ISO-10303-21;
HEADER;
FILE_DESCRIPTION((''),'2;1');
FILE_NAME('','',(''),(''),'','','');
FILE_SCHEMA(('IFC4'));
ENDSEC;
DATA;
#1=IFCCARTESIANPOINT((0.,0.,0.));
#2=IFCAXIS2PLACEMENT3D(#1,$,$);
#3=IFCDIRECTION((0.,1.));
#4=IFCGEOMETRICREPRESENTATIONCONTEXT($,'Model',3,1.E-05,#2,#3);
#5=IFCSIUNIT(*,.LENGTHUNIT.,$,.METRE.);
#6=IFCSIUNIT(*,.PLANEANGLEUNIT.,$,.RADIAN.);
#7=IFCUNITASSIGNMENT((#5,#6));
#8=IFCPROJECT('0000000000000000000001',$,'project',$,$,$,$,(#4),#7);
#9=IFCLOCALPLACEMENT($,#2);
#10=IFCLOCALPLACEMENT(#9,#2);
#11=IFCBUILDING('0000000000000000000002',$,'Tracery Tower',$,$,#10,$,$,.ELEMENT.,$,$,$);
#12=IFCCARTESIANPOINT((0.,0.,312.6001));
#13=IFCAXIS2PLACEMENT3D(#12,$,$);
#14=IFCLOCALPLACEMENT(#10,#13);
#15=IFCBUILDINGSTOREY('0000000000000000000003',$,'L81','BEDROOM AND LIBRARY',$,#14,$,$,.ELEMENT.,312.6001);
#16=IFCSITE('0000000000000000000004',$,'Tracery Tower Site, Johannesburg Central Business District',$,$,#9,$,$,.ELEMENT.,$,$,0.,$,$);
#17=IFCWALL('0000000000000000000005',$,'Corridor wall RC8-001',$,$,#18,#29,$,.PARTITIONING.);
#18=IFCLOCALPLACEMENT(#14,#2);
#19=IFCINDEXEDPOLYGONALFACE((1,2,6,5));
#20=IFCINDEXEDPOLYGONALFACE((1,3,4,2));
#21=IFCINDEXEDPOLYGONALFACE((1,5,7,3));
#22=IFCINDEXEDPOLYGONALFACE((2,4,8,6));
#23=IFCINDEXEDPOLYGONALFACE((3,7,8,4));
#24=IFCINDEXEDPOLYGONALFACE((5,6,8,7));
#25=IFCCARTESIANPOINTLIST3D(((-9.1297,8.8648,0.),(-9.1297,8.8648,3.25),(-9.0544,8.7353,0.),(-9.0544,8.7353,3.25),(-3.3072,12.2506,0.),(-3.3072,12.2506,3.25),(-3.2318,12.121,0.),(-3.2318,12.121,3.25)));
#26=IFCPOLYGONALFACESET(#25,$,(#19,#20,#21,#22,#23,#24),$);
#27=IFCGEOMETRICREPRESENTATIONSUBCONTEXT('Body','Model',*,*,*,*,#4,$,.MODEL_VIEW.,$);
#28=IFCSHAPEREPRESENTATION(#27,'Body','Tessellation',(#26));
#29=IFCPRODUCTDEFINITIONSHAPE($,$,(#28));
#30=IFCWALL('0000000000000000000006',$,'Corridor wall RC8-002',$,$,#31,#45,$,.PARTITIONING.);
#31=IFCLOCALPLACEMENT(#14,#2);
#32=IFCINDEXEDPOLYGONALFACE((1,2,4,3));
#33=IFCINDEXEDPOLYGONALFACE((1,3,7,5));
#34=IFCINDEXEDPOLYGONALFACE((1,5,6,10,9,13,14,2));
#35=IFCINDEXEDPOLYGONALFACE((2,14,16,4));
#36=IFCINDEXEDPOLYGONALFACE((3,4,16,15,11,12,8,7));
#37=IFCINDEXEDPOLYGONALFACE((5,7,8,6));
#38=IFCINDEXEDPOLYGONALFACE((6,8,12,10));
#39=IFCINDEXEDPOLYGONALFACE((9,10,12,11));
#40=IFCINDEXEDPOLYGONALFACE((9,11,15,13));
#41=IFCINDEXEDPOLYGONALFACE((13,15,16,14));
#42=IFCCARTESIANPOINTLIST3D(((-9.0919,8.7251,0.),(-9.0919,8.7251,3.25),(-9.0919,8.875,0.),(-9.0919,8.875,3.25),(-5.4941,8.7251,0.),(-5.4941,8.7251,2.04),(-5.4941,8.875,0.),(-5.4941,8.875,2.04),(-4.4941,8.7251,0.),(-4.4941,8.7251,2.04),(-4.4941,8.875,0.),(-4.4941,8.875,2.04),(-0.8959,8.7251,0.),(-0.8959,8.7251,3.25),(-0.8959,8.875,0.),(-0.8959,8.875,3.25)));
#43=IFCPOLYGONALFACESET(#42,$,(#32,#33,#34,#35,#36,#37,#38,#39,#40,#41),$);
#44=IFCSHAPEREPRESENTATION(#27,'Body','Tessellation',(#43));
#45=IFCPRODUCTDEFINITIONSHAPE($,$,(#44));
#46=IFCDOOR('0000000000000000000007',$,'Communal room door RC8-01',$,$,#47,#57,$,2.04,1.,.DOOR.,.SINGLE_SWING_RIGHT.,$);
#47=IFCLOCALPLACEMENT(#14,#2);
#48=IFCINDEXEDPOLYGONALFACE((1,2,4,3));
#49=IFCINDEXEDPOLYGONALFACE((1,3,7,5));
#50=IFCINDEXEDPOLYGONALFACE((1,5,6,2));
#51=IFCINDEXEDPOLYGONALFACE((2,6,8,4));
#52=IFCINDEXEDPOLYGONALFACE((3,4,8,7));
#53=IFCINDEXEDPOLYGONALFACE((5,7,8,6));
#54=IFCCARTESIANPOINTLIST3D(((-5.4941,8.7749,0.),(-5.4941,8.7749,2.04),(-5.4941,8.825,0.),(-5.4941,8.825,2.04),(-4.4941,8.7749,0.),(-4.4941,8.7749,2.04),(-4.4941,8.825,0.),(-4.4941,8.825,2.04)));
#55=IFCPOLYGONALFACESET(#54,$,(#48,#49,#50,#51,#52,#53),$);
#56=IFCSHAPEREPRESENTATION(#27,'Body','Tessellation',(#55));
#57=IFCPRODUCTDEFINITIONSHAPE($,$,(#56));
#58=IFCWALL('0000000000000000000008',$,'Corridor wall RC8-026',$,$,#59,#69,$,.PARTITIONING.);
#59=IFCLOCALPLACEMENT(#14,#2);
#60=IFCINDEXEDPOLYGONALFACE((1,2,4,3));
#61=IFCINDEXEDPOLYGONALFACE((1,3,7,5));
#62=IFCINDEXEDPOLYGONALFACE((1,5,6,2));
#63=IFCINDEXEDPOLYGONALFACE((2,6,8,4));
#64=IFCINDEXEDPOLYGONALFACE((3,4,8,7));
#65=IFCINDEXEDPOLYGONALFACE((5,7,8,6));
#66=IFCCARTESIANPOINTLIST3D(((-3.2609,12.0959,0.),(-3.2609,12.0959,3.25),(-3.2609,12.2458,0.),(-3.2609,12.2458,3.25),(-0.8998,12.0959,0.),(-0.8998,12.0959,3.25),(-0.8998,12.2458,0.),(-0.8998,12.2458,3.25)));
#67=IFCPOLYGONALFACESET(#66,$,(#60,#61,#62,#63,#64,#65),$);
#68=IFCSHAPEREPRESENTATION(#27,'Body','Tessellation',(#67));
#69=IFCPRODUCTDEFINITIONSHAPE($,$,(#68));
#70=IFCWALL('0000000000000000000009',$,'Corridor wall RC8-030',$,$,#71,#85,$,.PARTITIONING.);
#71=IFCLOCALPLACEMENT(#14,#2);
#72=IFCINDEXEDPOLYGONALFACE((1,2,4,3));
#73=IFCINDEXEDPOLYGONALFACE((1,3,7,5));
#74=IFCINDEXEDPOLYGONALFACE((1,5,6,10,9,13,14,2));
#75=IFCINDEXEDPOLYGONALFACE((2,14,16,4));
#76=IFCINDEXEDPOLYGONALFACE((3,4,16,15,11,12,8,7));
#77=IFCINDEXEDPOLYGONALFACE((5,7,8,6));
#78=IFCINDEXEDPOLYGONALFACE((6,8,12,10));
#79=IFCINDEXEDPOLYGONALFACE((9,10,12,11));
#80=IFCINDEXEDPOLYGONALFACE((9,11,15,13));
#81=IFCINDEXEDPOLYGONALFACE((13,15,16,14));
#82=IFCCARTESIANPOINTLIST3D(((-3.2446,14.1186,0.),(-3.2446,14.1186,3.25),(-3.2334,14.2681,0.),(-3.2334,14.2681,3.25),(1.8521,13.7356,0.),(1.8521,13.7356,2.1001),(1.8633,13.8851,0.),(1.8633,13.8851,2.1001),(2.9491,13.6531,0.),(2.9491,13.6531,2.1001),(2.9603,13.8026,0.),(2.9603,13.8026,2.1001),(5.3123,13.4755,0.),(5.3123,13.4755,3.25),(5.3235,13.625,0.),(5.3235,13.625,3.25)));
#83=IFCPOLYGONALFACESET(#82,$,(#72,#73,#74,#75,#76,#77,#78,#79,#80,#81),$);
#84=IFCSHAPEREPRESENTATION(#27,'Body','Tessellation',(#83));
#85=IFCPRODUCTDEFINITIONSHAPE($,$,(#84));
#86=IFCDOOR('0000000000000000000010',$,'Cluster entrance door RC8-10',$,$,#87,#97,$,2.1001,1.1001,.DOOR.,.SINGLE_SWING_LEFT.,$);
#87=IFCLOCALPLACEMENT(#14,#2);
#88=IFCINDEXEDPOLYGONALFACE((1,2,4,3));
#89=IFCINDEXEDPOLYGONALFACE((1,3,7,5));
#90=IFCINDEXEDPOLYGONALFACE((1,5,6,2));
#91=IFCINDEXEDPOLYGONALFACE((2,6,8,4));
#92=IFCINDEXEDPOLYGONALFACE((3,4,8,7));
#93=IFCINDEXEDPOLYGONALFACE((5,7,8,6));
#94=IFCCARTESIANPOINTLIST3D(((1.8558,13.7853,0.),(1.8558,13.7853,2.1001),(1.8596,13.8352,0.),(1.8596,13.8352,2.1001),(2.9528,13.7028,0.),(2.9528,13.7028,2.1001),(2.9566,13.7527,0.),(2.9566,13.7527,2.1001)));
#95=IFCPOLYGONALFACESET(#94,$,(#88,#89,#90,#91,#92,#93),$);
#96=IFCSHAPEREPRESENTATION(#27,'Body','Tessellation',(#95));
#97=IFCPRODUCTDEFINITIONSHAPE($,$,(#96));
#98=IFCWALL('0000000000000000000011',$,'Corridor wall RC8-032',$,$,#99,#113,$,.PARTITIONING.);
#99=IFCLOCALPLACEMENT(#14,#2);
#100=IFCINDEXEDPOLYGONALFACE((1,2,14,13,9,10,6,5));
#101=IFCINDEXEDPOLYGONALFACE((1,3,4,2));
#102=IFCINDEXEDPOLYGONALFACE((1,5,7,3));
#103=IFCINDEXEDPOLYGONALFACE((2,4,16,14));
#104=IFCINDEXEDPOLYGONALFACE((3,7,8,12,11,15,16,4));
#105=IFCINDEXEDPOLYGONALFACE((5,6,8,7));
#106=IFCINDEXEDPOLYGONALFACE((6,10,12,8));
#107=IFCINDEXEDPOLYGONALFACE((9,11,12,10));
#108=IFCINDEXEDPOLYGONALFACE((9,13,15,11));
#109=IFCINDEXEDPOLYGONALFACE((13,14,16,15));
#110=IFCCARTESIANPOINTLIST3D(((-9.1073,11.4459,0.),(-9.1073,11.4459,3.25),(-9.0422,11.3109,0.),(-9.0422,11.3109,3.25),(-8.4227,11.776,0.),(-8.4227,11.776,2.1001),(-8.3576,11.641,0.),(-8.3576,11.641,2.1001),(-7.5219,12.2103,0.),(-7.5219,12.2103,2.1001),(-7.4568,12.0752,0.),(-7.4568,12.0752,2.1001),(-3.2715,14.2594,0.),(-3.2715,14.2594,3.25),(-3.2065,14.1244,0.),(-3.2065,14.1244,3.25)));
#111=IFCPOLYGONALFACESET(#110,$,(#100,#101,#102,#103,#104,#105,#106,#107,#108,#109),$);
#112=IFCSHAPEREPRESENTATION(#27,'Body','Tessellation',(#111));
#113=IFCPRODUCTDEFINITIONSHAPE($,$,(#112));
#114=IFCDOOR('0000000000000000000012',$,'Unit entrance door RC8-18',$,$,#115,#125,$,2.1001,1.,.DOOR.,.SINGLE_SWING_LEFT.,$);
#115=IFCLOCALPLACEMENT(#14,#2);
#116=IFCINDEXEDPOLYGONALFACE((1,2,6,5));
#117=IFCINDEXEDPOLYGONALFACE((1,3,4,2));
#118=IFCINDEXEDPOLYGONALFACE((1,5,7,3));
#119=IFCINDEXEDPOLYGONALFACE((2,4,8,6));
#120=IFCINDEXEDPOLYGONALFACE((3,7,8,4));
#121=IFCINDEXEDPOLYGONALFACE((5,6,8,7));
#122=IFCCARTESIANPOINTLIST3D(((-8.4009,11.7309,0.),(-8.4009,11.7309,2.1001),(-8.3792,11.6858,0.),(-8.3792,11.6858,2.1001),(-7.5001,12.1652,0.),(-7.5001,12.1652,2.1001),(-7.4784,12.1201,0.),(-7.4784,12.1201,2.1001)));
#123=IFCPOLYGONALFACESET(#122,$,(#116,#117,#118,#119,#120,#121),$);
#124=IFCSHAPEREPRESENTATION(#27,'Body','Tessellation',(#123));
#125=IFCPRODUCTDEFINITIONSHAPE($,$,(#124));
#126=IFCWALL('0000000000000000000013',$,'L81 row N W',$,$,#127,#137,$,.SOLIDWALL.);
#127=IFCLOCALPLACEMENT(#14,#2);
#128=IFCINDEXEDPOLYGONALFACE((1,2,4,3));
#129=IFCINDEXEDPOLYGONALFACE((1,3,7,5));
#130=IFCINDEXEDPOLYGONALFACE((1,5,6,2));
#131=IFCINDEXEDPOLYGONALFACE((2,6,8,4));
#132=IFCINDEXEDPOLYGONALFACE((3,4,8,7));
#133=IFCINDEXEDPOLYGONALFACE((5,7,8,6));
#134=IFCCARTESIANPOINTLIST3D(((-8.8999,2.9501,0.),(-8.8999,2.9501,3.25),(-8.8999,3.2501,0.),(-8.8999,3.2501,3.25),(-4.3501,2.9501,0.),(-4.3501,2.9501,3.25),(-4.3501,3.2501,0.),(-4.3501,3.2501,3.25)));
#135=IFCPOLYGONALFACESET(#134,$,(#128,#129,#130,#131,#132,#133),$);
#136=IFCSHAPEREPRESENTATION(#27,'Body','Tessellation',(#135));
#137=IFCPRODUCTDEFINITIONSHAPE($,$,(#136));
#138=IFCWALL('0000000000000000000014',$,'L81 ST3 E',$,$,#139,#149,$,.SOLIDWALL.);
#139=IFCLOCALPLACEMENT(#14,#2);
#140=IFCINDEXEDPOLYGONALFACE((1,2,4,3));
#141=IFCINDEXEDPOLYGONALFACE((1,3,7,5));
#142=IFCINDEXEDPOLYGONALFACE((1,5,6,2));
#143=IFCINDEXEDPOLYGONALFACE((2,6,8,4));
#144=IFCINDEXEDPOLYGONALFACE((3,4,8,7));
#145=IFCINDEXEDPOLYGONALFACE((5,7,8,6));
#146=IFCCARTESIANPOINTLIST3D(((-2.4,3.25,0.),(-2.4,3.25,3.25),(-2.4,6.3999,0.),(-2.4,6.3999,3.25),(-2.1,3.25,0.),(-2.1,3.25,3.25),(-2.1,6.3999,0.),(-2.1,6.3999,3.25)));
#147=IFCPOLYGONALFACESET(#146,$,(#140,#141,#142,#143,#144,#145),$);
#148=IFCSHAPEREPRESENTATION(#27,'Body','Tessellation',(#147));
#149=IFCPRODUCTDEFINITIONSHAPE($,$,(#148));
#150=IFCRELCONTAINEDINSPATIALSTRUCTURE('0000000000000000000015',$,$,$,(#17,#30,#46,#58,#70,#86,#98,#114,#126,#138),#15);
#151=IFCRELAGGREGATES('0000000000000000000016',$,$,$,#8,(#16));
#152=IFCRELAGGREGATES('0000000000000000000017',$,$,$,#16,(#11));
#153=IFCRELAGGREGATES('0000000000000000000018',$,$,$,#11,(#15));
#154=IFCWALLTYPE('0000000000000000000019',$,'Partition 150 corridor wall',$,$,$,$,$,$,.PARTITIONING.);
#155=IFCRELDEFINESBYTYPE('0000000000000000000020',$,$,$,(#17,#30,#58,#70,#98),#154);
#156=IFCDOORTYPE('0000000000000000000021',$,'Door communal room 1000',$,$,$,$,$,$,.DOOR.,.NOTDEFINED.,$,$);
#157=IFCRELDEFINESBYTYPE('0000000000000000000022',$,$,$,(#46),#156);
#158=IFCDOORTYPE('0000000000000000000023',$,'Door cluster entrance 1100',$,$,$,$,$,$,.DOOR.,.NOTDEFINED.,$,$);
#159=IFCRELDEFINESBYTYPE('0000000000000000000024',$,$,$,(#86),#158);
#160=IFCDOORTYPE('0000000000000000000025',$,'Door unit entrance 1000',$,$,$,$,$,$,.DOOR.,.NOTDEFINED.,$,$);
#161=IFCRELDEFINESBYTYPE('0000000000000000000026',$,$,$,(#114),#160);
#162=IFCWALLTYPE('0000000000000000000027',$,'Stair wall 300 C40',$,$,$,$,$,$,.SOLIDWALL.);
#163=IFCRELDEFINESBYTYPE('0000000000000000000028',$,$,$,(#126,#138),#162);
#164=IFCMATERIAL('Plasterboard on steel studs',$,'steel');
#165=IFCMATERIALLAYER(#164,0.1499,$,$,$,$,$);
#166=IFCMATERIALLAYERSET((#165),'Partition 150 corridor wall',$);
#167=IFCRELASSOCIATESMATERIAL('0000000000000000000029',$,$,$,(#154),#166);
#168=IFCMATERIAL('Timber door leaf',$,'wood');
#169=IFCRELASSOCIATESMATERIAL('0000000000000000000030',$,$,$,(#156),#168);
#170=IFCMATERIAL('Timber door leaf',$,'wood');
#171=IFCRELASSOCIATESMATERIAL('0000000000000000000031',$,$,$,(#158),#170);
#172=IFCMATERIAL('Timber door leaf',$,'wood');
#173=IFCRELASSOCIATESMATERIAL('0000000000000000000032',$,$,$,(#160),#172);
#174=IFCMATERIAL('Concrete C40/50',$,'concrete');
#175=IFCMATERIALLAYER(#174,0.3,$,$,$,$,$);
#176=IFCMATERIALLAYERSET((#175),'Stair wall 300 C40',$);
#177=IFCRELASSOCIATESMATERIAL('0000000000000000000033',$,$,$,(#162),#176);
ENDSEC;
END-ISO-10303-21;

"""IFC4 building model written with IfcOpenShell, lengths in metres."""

from ifc_helpers import new_model, si_unit, direction, frame, frame_2d, origin, place, context, subcontext, project, spatial, rectangle, extrude, material, layer, layer_set, type_object, element, fill, save


model = new_model("IFC4")

# Units and contexts
model_context = context("Model", 3, precision=1e-05, world=origin(), true_north=direction((0.0, 1.0)))
body_context = subcontext(model_context, "Body", "Model", "MODEL_VIEW")
ifc_project = project(units=[si_unit("LENGTHUNIT", "METRE"), si_unit("PLANEANGLEUNIT", "RADIAN")], contexts=[model_context])

# Site, building, storey
site_placement = place(None, origin())
site = spatial("IfcSite", under=ifc_project, at=site_placement, Name="Tracery Tower Site, Johannesburg Central Business District", CompositionType="ELEMENT", RefElevation=0.0)
building_placement = place(site_placement, origin())
building = spatial("IfcBuilding", under=site, at=building_placement, Name="Tracery Tower", CompositionType="ELEMENT")
storey_placement = place(building_placement, frame((0.0, 0.0, 312.6001)))
storey = spatial("IfcBuildingStorey", under=building, at=storey_placement, Name="L81", Description="BEDROOM AND LIBRARY", CompositionType="ELEMENT", Elevation=312.6001)

# Wall
ifc_material_1 = material(Name="Plasterboard on steel studs", Category="steel")
ifc_layer_1 = layer(ifc_material_1, 0.1499)
ifc_layer_set_1 = layer_set([ifc_layer_1], Name="Partition 150 corridor wall")
wall_type_1 = type_object("IfcWallType", Name="Partition 150 corridor wall", PredefinedType="PARTITIONING", material=ifc_layer_set_1)
wall_1_placement = place(storey_placement, frame((-9.092, 8.8, 0.0), z_axis=(0.0, 0.0, 1.0), x_axis=(0.864471, 0.502683, 0.0)))
element("IfcWall", 1, at=wall_1_placement, inside=storey, type_object=wall_type_1, Name="Corridor wall RC8-001", PredefinedType="PARTITIONING", context=body_context, shape_type="SweptSolid", body=[
    extrude(rectangle(XDim=6.7354, YDim=0.1499, at=frame_2d((3.3677, 0.0))), origin(), (0.0, 0.0, 1.0), 3.25),
])

# Wall, opening, door
wall_2_placement = place(storey_placement, frame((-9.092, 8.8, 0.0), z_axis=(0.0, 0.0, 1.0), x_axis=(1.0, 0.0, 0.0)))
wall_2 = element("IfcWall", 2, at=wall_2_placement, inside=storey, type_object=wall_type_1, Name="Corridor wall RC8-002", PredefinedType="PARTITIONING", context=body_context, shape_type="SweptSolid", body=[
    extrude(rectangle(XDim=8.196, YDim=0.1499, at=frame_2d((4.0981, 0.0))), origin(), (0.0, 0.0, 1.0), 3.25),
])
opening_1_placement = place(wall_2_placement, frame((3.5979, 0.0, 0.0)))
opening_1 = element("IfcOpeningElement", 3, at=opening_1_placement, cuts=wall_2, PredefinedType="OPENING", context=body_context, shape_type="SweptSolid", body=[
    extrude(rectangle(XDim=1.0, YDim=2.04, at=frame_2d((0.5, 1.02))), frame((0.0, 0.075, 0.0), z_axis=(0.0, -1.0, 0.0), x_axis=(1.0, 0.0, 0.0)), (0.0, 0.0, 1.0), 0.1499),
])
ifc_material_2 = material(Name="Timber door leaf", Category="wood")
door_type_1 = type_object("IfcDoorType", Name="Door communal room 1000", OperationType="NOTDEFINED", PredefinedType="DOOR", material=ifc_material_2)
door_1_placement = place(opening_1_placement, origin())
door_1 = element("IfcDoor", 4, at=door_1_placement, inside=storey, type_object=door_type_1, Name="Communal room door RC8-01", OperationType="SINGLE_SWING_RIGHT", OverallHeight=2.04, OverallWidth=1.0, PredefinedType="DOOR", context=body_context, shape_type="SweptSolid", body=[
    extrude(rectangle(XDim=1.0, YDim=2.04, at=frame_2d((0.5, 1.02))), frame((0.0, 0.0249, 0.0), z_axis=(0.0, -1.0, 0.0), x_axis=(1.0, 0.0, 0.0)), (0.0, 0.0, 1.0), 0.05),
])
fill(opening_1, door_1)

# Wall
wall_3_placement = place(storey_placement, frame((-3.261, 12.1709, 0.0), z_axis=(0.0, 0.0, 1.0), x_axis=(1.0, 0.0, 0.0)))
element("IfcWall", 5, at=wall_3_placement, inside=storey, type_object=wall_type_1, Name="Corridor wall RC8-026", PredefinedType="PARTITIONING", context=body_context, shape_type="SweptSolid", body=[
    extrude(rectangle(XDim=2.3611, YDim=0.1499, at=frame_2d((1.1807, 0.0))), origin(), (0.0, 0.0, 1.0), 3.25),
])

# Walls, openings, doors
wall_4_placement = place(storey_placement, frame((-3.239, 14.1934, 0.0), z_axis=(0.0, 0.0, 1.0), x_axis=(0.997188, -0.074941, 0.0)))
wall_4 = element("IfcWall", 6, at=wall_4_placement, inside=storey, type_object=wall_type_1, Name="Corridor wall RC8-030", PredefinedType="PARTITIONING", context=body_context, shape_type="SweptSolid", body=[
    extrude(rectangle(XDim=8.5811, YDim=0.1499, at=frame_2d((4.2905, 0.0))), origin(), (0.0, 0.0, 1.0), 3.25),
])
opening_2_placement = place(wall_4_placement, frame((5.1111, 0.0, 0.0)))
opening_2 = element("IfcOpeningElement", 7, at=opening_2_placement, cuts=wall_4, PredefinedType="OPENING", context=body_context, shape_type="SweptSolid", body=[
    extrude(rectangle(XDim=1.1001, YDim=2.1001, at=frame_2d((0.55, 1.05))), frame((0.0, 0.075, 0.0), z_axis=(0.0, -1.0, 0.0), x_axis=(1.0, 0.0, 0.0)), (0.0, 0.0, 1.0), 0.1499),
])
ifc_material_3 = material(Name="Timber door leaf", Category="wood")
door_type_2 = type_object("IfcDoorType", Name="Door cluster entrance 1100", OperationType="NOTDEFINED", PredefinedType="DOOR", material=ifc_material_3)
door_2_placement = place(opening_2_placement, origin())
door_2 = element("IfcDoor", 8, at=door_2_placement, inside=storey, type_object=door_type_2, Name="Cluster entrance door RC8-10", OperationType="SINGLE_SWING_LEFT", OverallHeight=2.1001, OverallWidth=1.1001, PredefinedType="DOOR", context=body_context, shape_type="SweptSolid", body=[
    extrude(rectangle(XDim=1.1001, YDim=2.1001, at=frame_2d((0.55, 1.05))), frame((0.0, 0.0249, 0.0), z_axis=(0.0, -1.0, 0.0), x_axis=(1.0, 0.0, 0.0)), (0.0, 0.0, 1.0), 0.05),
])
fill(opening_2, door_2)
wall_5_placement = place(storey_placement, frame((-9.0747, 11.3784, 0.0), z_axis=(0.0, 0.0, 1.0), x_axis=(0.900778, 0.434279, 0.0)))
wall_5 = element("IfcWall", 9, at=wall_5_placement, inside=storey, type_object=wall_type_1, Name="Corridor wall RC8-032", PredefinedType="PARTITIONING", context=body_context, shape_type="SweptSolid", body=[
    extrude(rectangle(XDim=6.4785, YDim=0.1499, at=frame_2d((3.2393, 0.0))), origin(), (0.0, 0.0, 1.0), 3.25),
])
opening_3_placement = place(wall_5_placement, frame((0.76, 0.0, 0.0)))
opening_3 = element("IfcOpeningElement", 10, at=opening_3_placement, cuts=wall_5, PredefinedType="OPENING", context=body_context, shape_type="SweptSolid", body=[
    extrude(rectangle(XDim=1.0, YDim=2.1001, at=frame_2d((0.5, 1.05))), frame((0.0, 0.075, 0.0), z_axis=(0.0, -1.0, 0.0), x_axis=(1.0, 0.0, 0.0)), (0.0, 0.0, 1.0), 0.1499),
])
ifc_material_4 = material(Name="Timber door leaf", Category="wood")
door_type_3 = type_object("IfcDoorType", Name="Door unit entrance 1000", OperationType="NOTDEFINED", PredefinedType="DOOR", material=ifc_material_4)
door_3_placement = place(opening_3_placement, origin())
door_3 = element("IfcDoor", 11, at=door_3_placement, inside=storey, type_object=door_type_3, Name="Unit entrance door RC8-18", OperationType="SINGLE_SWING_LEFT", OverallHeight=2.1001, OverallWidth=1.0, PredefinedType="DOOR", context=body_context, shape_type="SweptSolid", body=[
    extrude(rectangle(XDim=1.0, YDim=2.1001, at=frame_2d((0.5, 1.05))), frame((0.0, 0.0249, 0.0), z_axis=(0.0, -1.0, 0.0), x_axis=(1.0, 0.0, 0.0)), (0.0, 0.0, 1.0), 0.05),
])
fill(opening_3, door_3)

# Wall
ifc_material_5 = material(Name="Concrete C40/50", Category="concrete")
ifc_layer_2 = layer(ifc_material_5, 0.3)
ifc_layer_set_2 = layer_set([ifc_layer_2], Name="Stair wall 300 C40")
wall_type_2 = type_object("IfcWallType", Name="Stair wall 300 C40", PredefinedType="SOLIDWALL", material=ifc_layer_set_2)
wall_6_placement = place(storey_placement, frame((-8.8999, 3.1001, 0.0), z_axis=(0.0, 0.0, 1.0), x_axis=(1.0, 0.0, 0.0)))
element("IfcWall", 12, at=wall_6_placement, inside=storey, type_object=wall_type_2, Name="L81 row N W", PredefinedType="SOLIDWALL", context=body_context, shape_type="SweptSolid", body=[
    extrude(rectangle(XDim=4.5498, YDim=0.3, at=frame_2d((2.2749, 0.0))), origin(), (0.0, 0.0, 1.0), 3.25),
])

# Wall
wall_7_placement = place(storey_placement, frame((-2.25, 3.25, 0.0), z_axis=(0.0, 0.0, 1.0), x_axis=(0.0, 1.0, 0.0)))
element("IfcWall", 13, at=wall_7_placement, inside=storey, type_object=wall_type_2, Name="L81 ST3 E", PredefinedType="SOLIDWALL", context=body_context, shape_type="SweptSolid", body=[
    extrude(rectangle(XDim=3.1499, YDim=0.3, at=frame_2d((1.575, 0.0))), origin(), (0.0, 0.0, 1.0), 3.25),
])

save(model, "model.ifc")
